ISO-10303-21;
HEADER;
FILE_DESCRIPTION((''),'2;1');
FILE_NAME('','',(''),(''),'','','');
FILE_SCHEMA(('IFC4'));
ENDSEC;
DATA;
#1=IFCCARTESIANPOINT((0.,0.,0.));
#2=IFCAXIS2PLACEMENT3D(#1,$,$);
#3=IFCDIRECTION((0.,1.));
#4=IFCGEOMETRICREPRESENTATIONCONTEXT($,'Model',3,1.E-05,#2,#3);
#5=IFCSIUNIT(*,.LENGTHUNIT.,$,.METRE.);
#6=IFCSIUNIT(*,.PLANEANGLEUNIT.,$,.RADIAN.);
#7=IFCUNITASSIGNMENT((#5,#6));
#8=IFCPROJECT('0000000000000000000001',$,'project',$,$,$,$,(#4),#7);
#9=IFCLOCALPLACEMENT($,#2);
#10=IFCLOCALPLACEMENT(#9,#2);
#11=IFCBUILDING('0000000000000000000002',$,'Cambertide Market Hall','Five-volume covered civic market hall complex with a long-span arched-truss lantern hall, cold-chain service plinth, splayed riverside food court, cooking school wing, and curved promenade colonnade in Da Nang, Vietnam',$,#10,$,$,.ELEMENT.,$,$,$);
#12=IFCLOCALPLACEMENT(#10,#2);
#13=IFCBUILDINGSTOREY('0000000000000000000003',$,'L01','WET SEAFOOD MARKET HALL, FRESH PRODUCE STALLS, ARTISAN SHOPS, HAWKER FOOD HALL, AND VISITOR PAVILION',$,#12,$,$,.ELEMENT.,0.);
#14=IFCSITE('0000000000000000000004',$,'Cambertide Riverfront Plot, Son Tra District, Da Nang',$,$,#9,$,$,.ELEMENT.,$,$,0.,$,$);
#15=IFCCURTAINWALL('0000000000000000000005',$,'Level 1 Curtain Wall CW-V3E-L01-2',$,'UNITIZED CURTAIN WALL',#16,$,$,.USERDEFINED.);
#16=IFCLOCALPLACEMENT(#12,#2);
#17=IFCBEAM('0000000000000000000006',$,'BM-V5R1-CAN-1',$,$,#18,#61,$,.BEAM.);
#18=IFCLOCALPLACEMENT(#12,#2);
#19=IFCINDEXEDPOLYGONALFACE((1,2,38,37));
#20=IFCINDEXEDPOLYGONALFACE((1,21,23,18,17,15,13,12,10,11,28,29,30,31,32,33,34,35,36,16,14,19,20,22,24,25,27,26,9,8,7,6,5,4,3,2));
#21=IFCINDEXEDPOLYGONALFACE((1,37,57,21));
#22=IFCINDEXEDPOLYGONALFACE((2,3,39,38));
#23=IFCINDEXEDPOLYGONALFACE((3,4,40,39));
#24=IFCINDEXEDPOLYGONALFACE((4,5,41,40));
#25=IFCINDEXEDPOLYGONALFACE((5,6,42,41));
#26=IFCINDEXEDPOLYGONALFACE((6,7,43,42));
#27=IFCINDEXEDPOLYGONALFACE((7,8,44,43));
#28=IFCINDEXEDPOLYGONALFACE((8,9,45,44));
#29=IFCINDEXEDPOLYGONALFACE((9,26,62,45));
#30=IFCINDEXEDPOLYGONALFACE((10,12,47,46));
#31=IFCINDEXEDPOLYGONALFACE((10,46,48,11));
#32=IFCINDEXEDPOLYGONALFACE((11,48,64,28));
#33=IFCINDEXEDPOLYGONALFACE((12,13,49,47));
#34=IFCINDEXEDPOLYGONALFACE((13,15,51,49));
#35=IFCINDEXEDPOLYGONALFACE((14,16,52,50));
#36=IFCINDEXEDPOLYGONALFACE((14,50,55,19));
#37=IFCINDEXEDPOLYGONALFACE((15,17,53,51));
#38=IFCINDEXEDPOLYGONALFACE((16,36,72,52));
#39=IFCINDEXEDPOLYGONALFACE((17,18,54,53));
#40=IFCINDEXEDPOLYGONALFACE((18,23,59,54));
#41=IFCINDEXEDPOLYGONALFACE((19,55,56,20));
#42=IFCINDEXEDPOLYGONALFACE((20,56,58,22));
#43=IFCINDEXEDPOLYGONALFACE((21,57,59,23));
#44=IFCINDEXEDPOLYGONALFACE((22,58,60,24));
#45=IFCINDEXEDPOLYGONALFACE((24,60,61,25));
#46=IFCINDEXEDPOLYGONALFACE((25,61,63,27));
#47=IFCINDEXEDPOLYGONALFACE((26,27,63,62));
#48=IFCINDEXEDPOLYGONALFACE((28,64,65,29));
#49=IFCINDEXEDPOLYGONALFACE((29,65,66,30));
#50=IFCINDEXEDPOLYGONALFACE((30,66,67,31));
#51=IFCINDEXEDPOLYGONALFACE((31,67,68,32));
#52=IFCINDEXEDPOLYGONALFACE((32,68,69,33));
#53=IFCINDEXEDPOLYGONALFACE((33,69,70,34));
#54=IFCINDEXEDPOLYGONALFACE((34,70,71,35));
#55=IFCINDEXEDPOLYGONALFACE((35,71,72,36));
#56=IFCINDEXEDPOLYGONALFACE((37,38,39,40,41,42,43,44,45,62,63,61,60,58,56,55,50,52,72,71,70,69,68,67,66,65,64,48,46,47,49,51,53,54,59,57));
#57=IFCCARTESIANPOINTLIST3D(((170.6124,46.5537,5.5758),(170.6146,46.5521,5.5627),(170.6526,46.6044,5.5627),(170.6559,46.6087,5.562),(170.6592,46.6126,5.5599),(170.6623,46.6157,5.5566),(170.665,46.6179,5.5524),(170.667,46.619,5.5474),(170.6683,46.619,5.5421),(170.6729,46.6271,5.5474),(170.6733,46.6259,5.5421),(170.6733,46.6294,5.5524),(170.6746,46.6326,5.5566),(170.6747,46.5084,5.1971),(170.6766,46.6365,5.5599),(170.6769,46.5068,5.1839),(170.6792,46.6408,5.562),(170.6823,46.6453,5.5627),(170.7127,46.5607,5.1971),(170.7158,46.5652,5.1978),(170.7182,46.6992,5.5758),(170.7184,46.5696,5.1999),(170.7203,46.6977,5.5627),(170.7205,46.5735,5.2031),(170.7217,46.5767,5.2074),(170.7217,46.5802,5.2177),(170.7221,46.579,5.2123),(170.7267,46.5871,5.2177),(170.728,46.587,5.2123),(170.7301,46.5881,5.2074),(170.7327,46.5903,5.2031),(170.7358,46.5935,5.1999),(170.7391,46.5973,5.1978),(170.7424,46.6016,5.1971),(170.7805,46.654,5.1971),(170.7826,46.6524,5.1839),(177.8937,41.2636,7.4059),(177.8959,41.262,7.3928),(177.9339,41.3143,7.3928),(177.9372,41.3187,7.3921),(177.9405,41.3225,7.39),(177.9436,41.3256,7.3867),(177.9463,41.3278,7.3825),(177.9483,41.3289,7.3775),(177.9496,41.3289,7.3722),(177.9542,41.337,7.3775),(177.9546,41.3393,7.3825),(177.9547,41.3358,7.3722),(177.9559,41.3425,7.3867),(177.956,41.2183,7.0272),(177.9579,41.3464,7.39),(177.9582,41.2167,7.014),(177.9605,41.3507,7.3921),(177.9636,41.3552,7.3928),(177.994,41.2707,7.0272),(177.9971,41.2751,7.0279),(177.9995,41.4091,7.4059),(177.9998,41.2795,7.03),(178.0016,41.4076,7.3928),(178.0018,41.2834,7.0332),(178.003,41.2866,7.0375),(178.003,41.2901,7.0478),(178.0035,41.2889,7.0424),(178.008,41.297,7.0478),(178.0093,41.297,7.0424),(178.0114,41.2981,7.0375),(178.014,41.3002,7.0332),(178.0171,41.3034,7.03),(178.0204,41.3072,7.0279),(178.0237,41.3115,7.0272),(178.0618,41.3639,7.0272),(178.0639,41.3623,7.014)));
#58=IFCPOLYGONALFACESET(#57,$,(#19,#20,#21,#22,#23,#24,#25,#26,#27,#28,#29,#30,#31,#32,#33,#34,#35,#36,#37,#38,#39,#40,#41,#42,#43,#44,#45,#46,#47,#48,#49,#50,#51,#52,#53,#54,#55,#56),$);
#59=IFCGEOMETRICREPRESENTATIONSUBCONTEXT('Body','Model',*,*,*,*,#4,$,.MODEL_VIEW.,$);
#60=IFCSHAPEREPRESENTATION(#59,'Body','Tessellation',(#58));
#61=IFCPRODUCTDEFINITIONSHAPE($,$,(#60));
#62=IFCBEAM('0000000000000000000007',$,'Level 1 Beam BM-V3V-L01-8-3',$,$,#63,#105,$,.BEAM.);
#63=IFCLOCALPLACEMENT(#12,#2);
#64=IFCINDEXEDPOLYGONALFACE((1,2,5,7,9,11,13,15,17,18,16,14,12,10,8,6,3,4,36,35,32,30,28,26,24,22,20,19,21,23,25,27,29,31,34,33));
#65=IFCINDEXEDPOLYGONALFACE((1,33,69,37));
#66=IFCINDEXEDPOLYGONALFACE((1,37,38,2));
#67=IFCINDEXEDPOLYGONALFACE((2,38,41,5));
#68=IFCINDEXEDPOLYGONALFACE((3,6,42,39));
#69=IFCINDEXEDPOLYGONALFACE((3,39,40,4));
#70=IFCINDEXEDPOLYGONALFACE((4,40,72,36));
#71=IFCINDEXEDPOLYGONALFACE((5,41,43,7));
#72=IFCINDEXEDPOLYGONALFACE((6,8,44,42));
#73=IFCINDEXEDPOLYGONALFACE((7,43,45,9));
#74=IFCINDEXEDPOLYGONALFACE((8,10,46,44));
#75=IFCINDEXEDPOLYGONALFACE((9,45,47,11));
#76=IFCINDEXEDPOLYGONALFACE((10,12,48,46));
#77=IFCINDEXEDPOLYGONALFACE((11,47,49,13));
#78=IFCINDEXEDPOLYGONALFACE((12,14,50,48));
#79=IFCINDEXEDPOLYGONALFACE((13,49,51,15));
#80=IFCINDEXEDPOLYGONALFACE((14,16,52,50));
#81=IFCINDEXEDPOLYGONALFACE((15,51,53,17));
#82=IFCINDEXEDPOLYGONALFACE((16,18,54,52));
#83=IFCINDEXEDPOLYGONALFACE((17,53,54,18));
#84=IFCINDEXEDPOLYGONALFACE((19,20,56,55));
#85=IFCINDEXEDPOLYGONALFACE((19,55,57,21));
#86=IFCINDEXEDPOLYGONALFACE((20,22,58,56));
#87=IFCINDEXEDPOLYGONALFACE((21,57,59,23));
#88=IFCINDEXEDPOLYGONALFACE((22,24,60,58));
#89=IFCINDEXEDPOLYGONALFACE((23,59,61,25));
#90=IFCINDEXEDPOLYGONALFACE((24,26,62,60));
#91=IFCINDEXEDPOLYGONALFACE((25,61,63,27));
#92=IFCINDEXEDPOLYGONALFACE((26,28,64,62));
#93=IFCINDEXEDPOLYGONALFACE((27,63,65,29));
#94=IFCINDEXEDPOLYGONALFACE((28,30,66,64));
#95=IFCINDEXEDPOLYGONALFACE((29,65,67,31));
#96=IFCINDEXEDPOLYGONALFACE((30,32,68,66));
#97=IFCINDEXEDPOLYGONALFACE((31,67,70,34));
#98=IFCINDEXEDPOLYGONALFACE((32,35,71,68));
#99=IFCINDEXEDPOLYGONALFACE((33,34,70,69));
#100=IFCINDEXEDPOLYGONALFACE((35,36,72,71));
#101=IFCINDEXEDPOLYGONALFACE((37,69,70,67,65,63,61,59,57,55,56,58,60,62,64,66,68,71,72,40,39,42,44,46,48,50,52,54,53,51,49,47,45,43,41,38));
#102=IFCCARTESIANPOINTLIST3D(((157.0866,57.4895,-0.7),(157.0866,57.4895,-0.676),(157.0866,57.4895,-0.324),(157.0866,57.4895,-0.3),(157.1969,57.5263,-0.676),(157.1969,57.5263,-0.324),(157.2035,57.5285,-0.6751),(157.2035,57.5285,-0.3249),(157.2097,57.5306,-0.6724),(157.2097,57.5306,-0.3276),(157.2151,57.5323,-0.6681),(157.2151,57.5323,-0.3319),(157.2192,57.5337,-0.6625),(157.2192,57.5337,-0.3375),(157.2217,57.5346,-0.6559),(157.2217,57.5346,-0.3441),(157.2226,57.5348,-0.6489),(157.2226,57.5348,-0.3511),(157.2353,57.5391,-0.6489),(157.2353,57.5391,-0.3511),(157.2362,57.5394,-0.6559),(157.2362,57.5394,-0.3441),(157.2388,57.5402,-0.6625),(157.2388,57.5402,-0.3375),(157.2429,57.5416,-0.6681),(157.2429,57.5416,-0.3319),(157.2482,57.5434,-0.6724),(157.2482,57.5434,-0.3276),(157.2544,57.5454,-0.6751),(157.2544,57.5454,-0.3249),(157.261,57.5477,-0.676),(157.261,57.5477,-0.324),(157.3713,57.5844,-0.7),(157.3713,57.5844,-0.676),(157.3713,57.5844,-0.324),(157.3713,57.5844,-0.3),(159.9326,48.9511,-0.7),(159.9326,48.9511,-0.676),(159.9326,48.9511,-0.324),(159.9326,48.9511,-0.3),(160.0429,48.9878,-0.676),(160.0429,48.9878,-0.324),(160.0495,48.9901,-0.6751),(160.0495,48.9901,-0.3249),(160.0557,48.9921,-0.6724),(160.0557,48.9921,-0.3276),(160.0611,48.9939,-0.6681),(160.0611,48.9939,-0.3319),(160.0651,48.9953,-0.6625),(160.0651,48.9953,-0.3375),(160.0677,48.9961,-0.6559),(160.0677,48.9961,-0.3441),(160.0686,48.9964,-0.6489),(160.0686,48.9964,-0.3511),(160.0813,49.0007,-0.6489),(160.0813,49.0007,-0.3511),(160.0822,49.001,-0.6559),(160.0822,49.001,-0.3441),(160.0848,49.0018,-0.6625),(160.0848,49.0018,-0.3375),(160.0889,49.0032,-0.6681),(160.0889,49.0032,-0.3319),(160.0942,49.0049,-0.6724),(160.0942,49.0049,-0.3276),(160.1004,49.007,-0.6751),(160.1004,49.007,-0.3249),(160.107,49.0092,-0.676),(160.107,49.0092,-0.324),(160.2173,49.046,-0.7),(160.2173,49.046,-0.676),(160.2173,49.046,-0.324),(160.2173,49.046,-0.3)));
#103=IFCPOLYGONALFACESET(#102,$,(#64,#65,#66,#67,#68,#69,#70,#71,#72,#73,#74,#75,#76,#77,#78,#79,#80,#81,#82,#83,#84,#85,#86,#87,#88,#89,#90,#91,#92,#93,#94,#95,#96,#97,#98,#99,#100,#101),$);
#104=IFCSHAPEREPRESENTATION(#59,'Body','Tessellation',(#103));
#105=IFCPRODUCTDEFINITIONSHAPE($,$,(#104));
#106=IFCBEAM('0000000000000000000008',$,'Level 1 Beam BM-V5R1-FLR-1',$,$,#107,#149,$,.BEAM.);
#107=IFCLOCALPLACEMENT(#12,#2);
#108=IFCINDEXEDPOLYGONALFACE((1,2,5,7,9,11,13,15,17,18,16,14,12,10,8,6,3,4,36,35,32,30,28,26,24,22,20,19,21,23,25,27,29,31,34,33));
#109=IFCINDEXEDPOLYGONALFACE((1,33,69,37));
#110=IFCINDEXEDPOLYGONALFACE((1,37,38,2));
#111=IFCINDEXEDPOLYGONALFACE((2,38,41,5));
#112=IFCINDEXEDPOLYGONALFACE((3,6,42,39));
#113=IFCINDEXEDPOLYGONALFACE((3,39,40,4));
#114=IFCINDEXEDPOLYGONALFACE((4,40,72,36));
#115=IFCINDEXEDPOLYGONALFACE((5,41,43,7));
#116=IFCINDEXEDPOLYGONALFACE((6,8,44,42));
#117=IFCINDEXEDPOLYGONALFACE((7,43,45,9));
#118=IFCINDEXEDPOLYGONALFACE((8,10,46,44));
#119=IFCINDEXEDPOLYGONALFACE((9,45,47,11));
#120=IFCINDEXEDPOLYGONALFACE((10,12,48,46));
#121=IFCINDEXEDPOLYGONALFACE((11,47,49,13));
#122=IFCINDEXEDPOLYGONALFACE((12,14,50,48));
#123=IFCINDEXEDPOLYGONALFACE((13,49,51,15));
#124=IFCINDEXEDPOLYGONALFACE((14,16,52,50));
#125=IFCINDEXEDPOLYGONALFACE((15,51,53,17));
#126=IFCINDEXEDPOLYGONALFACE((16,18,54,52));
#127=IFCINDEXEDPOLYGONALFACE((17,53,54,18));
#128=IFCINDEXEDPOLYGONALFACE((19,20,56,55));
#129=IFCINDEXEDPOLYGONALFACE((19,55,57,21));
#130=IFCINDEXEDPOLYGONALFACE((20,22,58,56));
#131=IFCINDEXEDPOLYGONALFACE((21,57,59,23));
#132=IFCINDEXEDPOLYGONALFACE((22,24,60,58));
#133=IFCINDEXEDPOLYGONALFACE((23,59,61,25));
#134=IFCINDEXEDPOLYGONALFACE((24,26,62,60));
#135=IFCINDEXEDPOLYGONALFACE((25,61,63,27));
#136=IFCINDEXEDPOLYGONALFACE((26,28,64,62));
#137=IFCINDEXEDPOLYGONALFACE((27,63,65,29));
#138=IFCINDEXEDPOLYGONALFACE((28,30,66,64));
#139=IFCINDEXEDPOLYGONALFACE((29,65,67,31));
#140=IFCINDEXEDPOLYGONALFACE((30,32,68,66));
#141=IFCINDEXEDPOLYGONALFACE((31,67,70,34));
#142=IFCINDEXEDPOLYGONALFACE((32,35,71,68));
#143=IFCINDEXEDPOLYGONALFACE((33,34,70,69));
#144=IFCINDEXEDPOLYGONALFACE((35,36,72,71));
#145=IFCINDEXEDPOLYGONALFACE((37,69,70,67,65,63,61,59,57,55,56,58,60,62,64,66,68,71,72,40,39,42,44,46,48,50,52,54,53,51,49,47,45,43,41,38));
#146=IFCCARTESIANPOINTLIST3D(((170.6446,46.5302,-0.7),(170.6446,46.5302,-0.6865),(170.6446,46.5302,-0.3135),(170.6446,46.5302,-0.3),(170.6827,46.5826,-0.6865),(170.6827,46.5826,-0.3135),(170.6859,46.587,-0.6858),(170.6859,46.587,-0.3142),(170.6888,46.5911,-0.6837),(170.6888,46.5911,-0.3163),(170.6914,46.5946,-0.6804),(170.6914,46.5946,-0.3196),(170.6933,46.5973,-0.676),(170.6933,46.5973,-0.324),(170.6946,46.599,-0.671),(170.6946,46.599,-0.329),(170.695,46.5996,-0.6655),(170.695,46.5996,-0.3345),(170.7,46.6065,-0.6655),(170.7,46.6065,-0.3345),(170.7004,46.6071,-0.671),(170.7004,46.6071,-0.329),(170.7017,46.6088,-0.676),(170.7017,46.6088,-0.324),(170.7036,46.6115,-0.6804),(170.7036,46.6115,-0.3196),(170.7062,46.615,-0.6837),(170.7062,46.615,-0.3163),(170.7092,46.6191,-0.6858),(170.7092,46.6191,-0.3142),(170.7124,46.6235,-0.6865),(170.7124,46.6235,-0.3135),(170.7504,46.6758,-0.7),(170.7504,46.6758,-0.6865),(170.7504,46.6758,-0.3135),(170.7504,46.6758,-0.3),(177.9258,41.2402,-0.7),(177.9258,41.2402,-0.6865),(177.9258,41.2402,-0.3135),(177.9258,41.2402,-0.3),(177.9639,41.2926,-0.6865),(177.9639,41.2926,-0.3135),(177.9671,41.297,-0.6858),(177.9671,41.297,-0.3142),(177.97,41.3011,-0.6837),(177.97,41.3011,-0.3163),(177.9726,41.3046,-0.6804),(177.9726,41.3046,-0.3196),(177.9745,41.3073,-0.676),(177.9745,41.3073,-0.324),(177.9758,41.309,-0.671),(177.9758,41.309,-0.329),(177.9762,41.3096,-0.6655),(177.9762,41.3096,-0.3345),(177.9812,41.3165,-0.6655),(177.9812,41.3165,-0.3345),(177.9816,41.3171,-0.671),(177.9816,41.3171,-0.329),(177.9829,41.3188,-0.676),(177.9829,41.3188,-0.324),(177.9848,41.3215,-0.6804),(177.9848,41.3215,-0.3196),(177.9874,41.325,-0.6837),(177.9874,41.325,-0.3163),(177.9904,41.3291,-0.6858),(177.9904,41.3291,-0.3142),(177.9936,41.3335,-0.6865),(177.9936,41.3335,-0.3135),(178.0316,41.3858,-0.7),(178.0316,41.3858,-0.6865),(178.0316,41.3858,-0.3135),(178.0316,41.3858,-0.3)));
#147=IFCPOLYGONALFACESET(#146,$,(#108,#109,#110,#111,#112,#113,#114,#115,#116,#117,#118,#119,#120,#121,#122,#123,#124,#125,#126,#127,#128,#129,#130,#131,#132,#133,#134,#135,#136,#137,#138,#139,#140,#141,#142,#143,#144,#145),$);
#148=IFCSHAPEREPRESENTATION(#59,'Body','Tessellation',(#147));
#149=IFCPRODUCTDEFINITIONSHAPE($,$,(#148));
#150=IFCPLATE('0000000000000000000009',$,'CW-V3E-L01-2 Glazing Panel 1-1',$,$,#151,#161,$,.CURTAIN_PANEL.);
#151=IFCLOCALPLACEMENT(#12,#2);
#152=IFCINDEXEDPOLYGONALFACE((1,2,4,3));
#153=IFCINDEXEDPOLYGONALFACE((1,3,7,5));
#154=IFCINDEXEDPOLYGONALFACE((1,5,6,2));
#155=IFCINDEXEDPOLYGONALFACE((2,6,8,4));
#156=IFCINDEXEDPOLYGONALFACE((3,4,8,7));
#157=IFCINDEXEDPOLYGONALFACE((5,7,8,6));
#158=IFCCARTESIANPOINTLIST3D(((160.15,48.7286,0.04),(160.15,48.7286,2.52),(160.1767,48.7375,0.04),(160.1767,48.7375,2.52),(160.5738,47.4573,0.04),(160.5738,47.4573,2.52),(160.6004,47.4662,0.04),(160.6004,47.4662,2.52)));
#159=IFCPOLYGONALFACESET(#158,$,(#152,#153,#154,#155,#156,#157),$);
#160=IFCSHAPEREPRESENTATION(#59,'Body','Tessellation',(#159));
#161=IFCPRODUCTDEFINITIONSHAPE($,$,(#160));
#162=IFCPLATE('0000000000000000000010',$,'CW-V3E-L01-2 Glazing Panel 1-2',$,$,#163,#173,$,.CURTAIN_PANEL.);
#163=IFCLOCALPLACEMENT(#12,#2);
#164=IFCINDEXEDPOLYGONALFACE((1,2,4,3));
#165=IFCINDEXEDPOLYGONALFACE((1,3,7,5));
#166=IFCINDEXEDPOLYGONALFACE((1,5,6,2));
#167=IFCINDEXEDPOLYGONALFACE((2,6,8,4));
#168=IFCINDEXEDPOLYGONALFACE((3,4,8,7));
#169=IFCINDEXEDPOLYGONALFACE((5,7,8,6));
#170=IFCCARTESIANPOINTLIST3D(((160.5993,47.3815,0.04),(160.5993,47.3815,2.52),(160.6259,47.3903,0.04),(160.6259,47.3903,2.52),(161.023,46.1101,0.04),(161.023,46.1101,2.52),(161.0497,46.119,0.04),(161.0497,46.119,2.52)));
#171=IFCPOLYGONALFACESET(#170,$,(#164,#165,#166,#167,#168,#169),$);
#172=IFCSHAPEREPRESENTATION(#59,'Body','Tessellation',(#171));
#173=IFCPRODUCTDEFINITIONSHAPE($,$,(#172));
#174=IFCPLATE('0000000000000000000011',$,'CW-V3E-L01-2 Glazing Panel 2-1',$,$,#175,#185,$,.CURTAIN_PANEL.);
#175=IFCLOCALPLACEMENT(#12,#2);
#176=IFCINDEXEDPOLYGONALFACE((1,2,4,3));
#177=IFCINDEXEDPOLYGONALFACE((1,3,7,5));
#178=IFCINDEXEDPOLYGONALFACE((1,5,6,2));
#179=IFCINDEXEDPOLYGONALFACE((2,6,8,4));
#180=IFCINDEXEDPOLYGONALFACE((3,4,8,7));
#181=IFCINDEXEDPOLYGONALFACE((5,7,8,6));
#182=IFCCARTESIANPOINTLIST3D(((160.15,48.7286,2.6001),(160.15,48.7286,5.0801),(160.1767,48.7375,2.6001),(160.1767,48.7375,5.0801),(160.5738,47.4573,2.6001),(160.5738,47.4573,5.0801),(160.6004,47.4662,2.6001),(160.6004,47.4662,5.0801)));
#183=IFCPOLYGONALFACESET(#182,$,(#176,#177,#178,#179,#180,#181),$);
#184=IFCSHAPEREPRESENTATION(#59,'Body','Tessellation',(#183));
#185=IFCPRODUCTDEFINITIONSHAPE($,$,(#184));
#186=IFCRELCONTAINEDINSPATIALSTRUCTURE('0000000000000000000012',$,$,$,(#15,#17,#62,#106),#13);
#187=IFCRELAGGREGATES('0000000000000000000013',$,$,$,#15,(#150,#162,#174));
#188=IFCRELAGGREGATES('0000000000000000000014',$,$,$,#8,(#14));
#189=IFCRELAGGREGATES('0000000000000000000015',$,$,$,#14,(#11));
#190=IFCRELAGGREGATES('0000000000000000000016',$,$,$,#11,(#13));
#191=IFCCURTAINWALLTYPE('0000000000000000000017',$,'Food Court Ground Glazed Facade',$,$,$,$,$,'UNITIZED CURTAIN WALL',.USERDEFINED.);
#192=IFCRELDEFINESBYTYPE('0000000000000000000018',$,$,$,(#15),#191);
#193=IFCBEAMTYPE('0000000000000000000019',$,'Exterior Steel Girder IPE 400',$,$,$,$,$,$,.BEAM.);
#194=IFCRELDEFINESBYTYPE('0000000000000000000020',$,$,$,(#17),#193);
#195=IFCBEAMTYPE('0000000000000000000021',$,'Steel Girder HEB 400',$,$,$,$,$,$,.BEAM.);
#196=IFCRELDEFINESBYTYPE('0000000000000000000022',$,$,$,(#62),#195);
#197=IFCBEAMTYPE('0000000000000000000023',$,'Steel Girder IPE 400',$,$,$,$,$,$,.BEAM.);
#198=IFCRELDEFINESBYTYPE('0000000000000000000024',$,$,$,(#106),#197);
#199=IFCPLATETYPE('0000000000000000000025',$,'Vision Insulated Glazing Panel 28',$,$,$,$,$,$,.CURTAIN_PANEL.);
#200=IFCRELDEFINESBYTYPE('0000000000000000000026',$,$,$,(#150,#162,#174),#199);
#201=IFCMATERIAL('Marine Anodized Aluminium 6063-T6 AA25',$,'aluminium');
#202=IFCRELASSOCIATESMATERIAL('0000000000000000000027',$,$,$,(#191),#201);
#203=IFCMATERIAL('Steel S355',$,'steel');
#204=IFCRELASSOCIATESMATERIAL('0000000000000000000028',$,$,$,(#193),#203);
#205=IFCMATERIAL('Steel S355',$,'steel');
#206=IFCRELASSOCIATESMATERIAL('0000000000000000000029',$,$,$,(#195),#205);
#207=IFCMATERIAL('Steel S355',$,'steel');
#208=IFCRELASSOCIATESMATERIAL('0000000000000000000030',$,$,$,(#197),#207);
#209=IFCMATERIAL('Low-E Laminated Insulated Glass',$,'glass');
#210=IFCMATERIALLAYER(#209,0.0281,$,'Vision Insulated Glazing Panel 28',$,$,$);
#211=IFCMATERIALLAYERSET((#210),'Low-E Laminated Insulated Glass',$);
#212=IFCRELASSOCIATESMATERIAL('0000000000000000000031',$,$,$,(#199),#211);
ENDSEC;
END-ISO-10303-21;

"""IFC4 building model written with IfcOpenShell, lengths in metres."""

from ifc_helpers import new_model, si_unit, direction, frame, origin, origin_2d, place, context, subcontext, project, spatial, rectangle, i_section, extrude, material, layer, layer_set, material_profile, profile_set, type_object, element, aggregate, save


model = new_model("IFC4")

# Units and contexts
model_context = context("Model", 3, precision=1e-05, world=origin(), true_north=direction((0.0, 1.0)))
body_context = subcontext(model_context, "Body", "Model", "MODEL_VIEW")
ifc_project = project(units=[si_unit("LENGTHUNIT", "METRE"), si_unit("PLANEANGLEUNIT", "RADIAN")], contexts=[model_context])

# Site, building, storey
site_placement = place(None, origin())
site = spatial("IfcSite", under=ifc_project, at=site_placement, Name="Cambertide Riverfront Plot, Son Tra District, Da Nang", CompositionType="ELEMENT", RefElevation=0.0)
building_placement = place(site_placement, origin())
building = spatial("IfcBuilding", under=site, at=building_placement, Name="Cambertide Market Hall", Description="Five-volume covered civic market hall complex with a long-span arched-truss lantern hall, cold-chain service plinth, splayed riverside food court, cooking school wing, and curved promenade colonnade in Da Nang, Vietnam", CompositionType="ELEMENT")
storey_placement = place(building_placement, origin())
storey = spatial("IfcBuildingStorey", under=building, at=storey_placement, Name="L01", Description="WET SEAFOOD MARKET HALL, FRESH PRODUCE STALLS, ARTISAN SHOPS, HAWKER FOOD HALL, AND VISITOR PAVILION", CompositionType="ELEMENT", Elevation=0.0)

# Curtain wall
ifc_material_1 = material(Name="Marine Anodized Aluminium 6063-T6 AA25", Category="aluminium")
curtain_wall_type_1 = type_object("IfcCurtainWallType", Name="Food Court Ground Glazed Facade", ElementType="UNITIZED CURTAIN WALL", PredefinedType="USERDEFINED", material=ifc_material_1)
curtain_wall_1_placement = place(storey_placement, origin())
curtain_wall_1 = element("IfcCurtainWall", 1, at=curtain_wall_1_placement, inside=storey, type_object=curtain_wall_type_1, Name="Level 1 Curtain Wall CW-V3E-L01-2", ObjectType="UNITIZED CURTAIN WALL", PredefinedType="USERDEFINED")

# Beams
ifc_material_2 = material(Name="Steel S355", Category="steel")
ifc_material_profile_1 = material_profile(ifc_material_2, i_section(OverallWidth=0.1799, OverallDepth=0.3999, WebThickness=0.0085, FlangeThickness=0.0134, FilletRadius=0.021, at=origin_2d()), Name="IPE 400")
ifc_profile_set_1 = profile_set([ifc_material_profile_1], Name="Steel S355")
beam_type_1 = type_object("IfcBeamType", Name="Exterior Steel Girder IPE 400", PredefinedType="BEAM", material=ifc_profile_set_1)
beam_1_placement = place(storey_placement, frame((170.6975, 46.603, 5.3799), z_axis=(0.792798, -0.575991, 0.199263), x_axis=(0.587778, 0.809022, 0.0)))
element("IfcBeam", 2, at=beam_1_placement, inside=storey, type_object=beam_type_1, Name="BM-V5R1-CAN-1", PredefinedType="BEAM", context=body_context, shape_type="SweptSolid", body=[
    extrude(i_section(OverallWidth=0.1799, OverallDepth=0.3999, WebThickness=0.0085, FlangeThickness=0.0134, FilletRadius=0.021, at=origin_2d()), origin(), (0.0, 0.0, 1.0), 9.1843),
])
ifc_material_3 = material(Name="Steel S355", Category="steel")
ifc_material_profile_2 = material_profile(ifc_material_3, i_section(OverallWidth=0.3, OverallDepth=0.3999, WebThickness=0.0134, FlangeThickness=0.0239, FilletRadius=0.0271, at=origin_2d()), Name="HEB 400")
ifc_profile_set_2 = profile_set([ifc_material_profile_2], Name="Steel S355")
beam_type_2 = type_object("IfcBeamType", Name="Steel Girder HEB 400", PredefinedType="BEAM", material=ifc_profile_set_2)
beam_2_placement = place(storey_placement, frame((160.075, 48.9985, -0.5), z_axis=(-0.316211, 0.948689, 0.0), x_axis=(-0.948689, -0.316211, 0.0)))
element("IfcBeam", 3, at=beam_2_placement, inside=storey, type_object=beam_type_2, Name="Level 1 Beam BM-V3V-L01-8-3", PredefinedType="BEAM", context=body_context, shape_type="SweptSolid", body=[
    extrude(i_section(OverallWidth=0.3, OverallDepth=0.3999, WebThickness=0.0134, FlangeThickness=0.0239, FilletRadius=0.0271, at=origin_2d()), origin(), (0.0, 0.0, 1.0), 9.0002),
])
ifc_material_4 = material(Name="Steel S355", Category="steel")
ifc_material_profile_3 = material_profile(ifc_material_4, i_section(OverallWidth=0.1799, OverallDepth=0.3999, WebThickness=0.0085, FlangeThickness=0.0134, FilletRadius=0.021, at=origin_2d()), Name="IPE 400")
ifc_profile_set_3 = profile_set([ifc_material_profile_3], Name="Steel S355")
beam_type_3 = type_object("IfcBeamType", Name="Steel Girder IPE 400", PredefinedType="BEAM", material=ifc_profile_set_3)
beam_3_placement = place(storey_placement, frame((170.6975, 46.603, -0.5), z_axis=(0.809022, -0.587778, 0.0), x_axis=(0.587778, 0.809022, 0.0)))
element("IfcBeam", 4, at=beam_3_placement, inside=storey, type_object=beam_type_3, Name="Level 1 Beam BM-V5R1-FLR-1", PredefinedType="BEAM", context=body_context, shape_type="SweptSolid", body=[
    extrude(i_section(OverallWidth=0.1799, OverallDepth=0.3999, WebThickness=0.0085, FlangeThickness=0.0134, FilletRadius=0.021, at=origin_2d()), origin(), (0.0, 0.0, 1.0), 9.0),
])

# Plates
ifc_material_5 = material(Name="Low-E Laminated Insulated Glass", Category="glass")
ifc_layer = layer(ifc_material_5, 0.0281, Name="Vision Insulated Glazing Panel 28")
ifc_layer_set = layer_set([ifc_layer], Name="Low-E Laminated Insulated Glass")
plate_type = type_object("IfcPlateType", Name="Vision Insulated Glazing Panel 28", PredefinedType="CURTAIN_PANEL", material=ifc_layer_set)
plate_1_placement = place(storey_placement, frame((160.3752, 48.0974, 0.04), z_axis=(0.0, 0.0, 1.0), x_axis=(0.316228, -0.948683, 0.0)))
plate_1 = element("IfcPlate", 5, at=plate_1_placement, type_object=plate_type, Name="CW-V3E-L01-2 Glazing Panel 1-1", PredefinedType="CURTAIN_PANEL", context=body_context, shape_type="SweptSolid", body=[
    extrude(rectangle(XDim=1.3401, YDim=0.0281, at=origin_2d()), origin(), (0.0, 0.0, 1.0), 2.48),
])
plate_2_placement = place(storey_placement, frame((160.8245, 46.7502, 0.04), z_axis=(0.0, 0.0, 1.0), x_axis=(0.316228, -0.948683, 0.0)))
plate_2 = element("IfcPlate", 6, at=plate_2_placement, type_object=plate_type, Name="CW-V3E-L01-2 Glazing Panel 1-2", PredefinedType="CURTAIN_PANEL", context=body_context, shape_type="SweptSolid", body=[
    extrude(rectangle(XDim=1.3401, YDim=0.0281, at=origin_2d()), origin(), (0.0, 0.0, 1.0), 2.48),
])
plate_3_placement = place(storey_placement, frame((160.3752, 48.0974, 2.6001), z_axis=(0.0, 0.0, 1.0), x_axis=(0.316228, -0.948683, 0.0)))
plate_3 = element("IfcPlate", 7, at=plate_3_placement, type_object=plate_type, Name="CW-V3E-L01-2 Glazing Panel 2-1", PredefinedType="CURTAIN_PANEL", context=body_context, shape_type="SweptSolid", body=[
    extrude(rectangle(XDim=1.3401, YDim=0.0281, at=origin_2d()), origin(), (0.0, 0.0, 1.0), 2.48),
])
aggregate(curtain_wall_1, [plate_1, plate_2, plate_3])

save(model, "model.ifc")
